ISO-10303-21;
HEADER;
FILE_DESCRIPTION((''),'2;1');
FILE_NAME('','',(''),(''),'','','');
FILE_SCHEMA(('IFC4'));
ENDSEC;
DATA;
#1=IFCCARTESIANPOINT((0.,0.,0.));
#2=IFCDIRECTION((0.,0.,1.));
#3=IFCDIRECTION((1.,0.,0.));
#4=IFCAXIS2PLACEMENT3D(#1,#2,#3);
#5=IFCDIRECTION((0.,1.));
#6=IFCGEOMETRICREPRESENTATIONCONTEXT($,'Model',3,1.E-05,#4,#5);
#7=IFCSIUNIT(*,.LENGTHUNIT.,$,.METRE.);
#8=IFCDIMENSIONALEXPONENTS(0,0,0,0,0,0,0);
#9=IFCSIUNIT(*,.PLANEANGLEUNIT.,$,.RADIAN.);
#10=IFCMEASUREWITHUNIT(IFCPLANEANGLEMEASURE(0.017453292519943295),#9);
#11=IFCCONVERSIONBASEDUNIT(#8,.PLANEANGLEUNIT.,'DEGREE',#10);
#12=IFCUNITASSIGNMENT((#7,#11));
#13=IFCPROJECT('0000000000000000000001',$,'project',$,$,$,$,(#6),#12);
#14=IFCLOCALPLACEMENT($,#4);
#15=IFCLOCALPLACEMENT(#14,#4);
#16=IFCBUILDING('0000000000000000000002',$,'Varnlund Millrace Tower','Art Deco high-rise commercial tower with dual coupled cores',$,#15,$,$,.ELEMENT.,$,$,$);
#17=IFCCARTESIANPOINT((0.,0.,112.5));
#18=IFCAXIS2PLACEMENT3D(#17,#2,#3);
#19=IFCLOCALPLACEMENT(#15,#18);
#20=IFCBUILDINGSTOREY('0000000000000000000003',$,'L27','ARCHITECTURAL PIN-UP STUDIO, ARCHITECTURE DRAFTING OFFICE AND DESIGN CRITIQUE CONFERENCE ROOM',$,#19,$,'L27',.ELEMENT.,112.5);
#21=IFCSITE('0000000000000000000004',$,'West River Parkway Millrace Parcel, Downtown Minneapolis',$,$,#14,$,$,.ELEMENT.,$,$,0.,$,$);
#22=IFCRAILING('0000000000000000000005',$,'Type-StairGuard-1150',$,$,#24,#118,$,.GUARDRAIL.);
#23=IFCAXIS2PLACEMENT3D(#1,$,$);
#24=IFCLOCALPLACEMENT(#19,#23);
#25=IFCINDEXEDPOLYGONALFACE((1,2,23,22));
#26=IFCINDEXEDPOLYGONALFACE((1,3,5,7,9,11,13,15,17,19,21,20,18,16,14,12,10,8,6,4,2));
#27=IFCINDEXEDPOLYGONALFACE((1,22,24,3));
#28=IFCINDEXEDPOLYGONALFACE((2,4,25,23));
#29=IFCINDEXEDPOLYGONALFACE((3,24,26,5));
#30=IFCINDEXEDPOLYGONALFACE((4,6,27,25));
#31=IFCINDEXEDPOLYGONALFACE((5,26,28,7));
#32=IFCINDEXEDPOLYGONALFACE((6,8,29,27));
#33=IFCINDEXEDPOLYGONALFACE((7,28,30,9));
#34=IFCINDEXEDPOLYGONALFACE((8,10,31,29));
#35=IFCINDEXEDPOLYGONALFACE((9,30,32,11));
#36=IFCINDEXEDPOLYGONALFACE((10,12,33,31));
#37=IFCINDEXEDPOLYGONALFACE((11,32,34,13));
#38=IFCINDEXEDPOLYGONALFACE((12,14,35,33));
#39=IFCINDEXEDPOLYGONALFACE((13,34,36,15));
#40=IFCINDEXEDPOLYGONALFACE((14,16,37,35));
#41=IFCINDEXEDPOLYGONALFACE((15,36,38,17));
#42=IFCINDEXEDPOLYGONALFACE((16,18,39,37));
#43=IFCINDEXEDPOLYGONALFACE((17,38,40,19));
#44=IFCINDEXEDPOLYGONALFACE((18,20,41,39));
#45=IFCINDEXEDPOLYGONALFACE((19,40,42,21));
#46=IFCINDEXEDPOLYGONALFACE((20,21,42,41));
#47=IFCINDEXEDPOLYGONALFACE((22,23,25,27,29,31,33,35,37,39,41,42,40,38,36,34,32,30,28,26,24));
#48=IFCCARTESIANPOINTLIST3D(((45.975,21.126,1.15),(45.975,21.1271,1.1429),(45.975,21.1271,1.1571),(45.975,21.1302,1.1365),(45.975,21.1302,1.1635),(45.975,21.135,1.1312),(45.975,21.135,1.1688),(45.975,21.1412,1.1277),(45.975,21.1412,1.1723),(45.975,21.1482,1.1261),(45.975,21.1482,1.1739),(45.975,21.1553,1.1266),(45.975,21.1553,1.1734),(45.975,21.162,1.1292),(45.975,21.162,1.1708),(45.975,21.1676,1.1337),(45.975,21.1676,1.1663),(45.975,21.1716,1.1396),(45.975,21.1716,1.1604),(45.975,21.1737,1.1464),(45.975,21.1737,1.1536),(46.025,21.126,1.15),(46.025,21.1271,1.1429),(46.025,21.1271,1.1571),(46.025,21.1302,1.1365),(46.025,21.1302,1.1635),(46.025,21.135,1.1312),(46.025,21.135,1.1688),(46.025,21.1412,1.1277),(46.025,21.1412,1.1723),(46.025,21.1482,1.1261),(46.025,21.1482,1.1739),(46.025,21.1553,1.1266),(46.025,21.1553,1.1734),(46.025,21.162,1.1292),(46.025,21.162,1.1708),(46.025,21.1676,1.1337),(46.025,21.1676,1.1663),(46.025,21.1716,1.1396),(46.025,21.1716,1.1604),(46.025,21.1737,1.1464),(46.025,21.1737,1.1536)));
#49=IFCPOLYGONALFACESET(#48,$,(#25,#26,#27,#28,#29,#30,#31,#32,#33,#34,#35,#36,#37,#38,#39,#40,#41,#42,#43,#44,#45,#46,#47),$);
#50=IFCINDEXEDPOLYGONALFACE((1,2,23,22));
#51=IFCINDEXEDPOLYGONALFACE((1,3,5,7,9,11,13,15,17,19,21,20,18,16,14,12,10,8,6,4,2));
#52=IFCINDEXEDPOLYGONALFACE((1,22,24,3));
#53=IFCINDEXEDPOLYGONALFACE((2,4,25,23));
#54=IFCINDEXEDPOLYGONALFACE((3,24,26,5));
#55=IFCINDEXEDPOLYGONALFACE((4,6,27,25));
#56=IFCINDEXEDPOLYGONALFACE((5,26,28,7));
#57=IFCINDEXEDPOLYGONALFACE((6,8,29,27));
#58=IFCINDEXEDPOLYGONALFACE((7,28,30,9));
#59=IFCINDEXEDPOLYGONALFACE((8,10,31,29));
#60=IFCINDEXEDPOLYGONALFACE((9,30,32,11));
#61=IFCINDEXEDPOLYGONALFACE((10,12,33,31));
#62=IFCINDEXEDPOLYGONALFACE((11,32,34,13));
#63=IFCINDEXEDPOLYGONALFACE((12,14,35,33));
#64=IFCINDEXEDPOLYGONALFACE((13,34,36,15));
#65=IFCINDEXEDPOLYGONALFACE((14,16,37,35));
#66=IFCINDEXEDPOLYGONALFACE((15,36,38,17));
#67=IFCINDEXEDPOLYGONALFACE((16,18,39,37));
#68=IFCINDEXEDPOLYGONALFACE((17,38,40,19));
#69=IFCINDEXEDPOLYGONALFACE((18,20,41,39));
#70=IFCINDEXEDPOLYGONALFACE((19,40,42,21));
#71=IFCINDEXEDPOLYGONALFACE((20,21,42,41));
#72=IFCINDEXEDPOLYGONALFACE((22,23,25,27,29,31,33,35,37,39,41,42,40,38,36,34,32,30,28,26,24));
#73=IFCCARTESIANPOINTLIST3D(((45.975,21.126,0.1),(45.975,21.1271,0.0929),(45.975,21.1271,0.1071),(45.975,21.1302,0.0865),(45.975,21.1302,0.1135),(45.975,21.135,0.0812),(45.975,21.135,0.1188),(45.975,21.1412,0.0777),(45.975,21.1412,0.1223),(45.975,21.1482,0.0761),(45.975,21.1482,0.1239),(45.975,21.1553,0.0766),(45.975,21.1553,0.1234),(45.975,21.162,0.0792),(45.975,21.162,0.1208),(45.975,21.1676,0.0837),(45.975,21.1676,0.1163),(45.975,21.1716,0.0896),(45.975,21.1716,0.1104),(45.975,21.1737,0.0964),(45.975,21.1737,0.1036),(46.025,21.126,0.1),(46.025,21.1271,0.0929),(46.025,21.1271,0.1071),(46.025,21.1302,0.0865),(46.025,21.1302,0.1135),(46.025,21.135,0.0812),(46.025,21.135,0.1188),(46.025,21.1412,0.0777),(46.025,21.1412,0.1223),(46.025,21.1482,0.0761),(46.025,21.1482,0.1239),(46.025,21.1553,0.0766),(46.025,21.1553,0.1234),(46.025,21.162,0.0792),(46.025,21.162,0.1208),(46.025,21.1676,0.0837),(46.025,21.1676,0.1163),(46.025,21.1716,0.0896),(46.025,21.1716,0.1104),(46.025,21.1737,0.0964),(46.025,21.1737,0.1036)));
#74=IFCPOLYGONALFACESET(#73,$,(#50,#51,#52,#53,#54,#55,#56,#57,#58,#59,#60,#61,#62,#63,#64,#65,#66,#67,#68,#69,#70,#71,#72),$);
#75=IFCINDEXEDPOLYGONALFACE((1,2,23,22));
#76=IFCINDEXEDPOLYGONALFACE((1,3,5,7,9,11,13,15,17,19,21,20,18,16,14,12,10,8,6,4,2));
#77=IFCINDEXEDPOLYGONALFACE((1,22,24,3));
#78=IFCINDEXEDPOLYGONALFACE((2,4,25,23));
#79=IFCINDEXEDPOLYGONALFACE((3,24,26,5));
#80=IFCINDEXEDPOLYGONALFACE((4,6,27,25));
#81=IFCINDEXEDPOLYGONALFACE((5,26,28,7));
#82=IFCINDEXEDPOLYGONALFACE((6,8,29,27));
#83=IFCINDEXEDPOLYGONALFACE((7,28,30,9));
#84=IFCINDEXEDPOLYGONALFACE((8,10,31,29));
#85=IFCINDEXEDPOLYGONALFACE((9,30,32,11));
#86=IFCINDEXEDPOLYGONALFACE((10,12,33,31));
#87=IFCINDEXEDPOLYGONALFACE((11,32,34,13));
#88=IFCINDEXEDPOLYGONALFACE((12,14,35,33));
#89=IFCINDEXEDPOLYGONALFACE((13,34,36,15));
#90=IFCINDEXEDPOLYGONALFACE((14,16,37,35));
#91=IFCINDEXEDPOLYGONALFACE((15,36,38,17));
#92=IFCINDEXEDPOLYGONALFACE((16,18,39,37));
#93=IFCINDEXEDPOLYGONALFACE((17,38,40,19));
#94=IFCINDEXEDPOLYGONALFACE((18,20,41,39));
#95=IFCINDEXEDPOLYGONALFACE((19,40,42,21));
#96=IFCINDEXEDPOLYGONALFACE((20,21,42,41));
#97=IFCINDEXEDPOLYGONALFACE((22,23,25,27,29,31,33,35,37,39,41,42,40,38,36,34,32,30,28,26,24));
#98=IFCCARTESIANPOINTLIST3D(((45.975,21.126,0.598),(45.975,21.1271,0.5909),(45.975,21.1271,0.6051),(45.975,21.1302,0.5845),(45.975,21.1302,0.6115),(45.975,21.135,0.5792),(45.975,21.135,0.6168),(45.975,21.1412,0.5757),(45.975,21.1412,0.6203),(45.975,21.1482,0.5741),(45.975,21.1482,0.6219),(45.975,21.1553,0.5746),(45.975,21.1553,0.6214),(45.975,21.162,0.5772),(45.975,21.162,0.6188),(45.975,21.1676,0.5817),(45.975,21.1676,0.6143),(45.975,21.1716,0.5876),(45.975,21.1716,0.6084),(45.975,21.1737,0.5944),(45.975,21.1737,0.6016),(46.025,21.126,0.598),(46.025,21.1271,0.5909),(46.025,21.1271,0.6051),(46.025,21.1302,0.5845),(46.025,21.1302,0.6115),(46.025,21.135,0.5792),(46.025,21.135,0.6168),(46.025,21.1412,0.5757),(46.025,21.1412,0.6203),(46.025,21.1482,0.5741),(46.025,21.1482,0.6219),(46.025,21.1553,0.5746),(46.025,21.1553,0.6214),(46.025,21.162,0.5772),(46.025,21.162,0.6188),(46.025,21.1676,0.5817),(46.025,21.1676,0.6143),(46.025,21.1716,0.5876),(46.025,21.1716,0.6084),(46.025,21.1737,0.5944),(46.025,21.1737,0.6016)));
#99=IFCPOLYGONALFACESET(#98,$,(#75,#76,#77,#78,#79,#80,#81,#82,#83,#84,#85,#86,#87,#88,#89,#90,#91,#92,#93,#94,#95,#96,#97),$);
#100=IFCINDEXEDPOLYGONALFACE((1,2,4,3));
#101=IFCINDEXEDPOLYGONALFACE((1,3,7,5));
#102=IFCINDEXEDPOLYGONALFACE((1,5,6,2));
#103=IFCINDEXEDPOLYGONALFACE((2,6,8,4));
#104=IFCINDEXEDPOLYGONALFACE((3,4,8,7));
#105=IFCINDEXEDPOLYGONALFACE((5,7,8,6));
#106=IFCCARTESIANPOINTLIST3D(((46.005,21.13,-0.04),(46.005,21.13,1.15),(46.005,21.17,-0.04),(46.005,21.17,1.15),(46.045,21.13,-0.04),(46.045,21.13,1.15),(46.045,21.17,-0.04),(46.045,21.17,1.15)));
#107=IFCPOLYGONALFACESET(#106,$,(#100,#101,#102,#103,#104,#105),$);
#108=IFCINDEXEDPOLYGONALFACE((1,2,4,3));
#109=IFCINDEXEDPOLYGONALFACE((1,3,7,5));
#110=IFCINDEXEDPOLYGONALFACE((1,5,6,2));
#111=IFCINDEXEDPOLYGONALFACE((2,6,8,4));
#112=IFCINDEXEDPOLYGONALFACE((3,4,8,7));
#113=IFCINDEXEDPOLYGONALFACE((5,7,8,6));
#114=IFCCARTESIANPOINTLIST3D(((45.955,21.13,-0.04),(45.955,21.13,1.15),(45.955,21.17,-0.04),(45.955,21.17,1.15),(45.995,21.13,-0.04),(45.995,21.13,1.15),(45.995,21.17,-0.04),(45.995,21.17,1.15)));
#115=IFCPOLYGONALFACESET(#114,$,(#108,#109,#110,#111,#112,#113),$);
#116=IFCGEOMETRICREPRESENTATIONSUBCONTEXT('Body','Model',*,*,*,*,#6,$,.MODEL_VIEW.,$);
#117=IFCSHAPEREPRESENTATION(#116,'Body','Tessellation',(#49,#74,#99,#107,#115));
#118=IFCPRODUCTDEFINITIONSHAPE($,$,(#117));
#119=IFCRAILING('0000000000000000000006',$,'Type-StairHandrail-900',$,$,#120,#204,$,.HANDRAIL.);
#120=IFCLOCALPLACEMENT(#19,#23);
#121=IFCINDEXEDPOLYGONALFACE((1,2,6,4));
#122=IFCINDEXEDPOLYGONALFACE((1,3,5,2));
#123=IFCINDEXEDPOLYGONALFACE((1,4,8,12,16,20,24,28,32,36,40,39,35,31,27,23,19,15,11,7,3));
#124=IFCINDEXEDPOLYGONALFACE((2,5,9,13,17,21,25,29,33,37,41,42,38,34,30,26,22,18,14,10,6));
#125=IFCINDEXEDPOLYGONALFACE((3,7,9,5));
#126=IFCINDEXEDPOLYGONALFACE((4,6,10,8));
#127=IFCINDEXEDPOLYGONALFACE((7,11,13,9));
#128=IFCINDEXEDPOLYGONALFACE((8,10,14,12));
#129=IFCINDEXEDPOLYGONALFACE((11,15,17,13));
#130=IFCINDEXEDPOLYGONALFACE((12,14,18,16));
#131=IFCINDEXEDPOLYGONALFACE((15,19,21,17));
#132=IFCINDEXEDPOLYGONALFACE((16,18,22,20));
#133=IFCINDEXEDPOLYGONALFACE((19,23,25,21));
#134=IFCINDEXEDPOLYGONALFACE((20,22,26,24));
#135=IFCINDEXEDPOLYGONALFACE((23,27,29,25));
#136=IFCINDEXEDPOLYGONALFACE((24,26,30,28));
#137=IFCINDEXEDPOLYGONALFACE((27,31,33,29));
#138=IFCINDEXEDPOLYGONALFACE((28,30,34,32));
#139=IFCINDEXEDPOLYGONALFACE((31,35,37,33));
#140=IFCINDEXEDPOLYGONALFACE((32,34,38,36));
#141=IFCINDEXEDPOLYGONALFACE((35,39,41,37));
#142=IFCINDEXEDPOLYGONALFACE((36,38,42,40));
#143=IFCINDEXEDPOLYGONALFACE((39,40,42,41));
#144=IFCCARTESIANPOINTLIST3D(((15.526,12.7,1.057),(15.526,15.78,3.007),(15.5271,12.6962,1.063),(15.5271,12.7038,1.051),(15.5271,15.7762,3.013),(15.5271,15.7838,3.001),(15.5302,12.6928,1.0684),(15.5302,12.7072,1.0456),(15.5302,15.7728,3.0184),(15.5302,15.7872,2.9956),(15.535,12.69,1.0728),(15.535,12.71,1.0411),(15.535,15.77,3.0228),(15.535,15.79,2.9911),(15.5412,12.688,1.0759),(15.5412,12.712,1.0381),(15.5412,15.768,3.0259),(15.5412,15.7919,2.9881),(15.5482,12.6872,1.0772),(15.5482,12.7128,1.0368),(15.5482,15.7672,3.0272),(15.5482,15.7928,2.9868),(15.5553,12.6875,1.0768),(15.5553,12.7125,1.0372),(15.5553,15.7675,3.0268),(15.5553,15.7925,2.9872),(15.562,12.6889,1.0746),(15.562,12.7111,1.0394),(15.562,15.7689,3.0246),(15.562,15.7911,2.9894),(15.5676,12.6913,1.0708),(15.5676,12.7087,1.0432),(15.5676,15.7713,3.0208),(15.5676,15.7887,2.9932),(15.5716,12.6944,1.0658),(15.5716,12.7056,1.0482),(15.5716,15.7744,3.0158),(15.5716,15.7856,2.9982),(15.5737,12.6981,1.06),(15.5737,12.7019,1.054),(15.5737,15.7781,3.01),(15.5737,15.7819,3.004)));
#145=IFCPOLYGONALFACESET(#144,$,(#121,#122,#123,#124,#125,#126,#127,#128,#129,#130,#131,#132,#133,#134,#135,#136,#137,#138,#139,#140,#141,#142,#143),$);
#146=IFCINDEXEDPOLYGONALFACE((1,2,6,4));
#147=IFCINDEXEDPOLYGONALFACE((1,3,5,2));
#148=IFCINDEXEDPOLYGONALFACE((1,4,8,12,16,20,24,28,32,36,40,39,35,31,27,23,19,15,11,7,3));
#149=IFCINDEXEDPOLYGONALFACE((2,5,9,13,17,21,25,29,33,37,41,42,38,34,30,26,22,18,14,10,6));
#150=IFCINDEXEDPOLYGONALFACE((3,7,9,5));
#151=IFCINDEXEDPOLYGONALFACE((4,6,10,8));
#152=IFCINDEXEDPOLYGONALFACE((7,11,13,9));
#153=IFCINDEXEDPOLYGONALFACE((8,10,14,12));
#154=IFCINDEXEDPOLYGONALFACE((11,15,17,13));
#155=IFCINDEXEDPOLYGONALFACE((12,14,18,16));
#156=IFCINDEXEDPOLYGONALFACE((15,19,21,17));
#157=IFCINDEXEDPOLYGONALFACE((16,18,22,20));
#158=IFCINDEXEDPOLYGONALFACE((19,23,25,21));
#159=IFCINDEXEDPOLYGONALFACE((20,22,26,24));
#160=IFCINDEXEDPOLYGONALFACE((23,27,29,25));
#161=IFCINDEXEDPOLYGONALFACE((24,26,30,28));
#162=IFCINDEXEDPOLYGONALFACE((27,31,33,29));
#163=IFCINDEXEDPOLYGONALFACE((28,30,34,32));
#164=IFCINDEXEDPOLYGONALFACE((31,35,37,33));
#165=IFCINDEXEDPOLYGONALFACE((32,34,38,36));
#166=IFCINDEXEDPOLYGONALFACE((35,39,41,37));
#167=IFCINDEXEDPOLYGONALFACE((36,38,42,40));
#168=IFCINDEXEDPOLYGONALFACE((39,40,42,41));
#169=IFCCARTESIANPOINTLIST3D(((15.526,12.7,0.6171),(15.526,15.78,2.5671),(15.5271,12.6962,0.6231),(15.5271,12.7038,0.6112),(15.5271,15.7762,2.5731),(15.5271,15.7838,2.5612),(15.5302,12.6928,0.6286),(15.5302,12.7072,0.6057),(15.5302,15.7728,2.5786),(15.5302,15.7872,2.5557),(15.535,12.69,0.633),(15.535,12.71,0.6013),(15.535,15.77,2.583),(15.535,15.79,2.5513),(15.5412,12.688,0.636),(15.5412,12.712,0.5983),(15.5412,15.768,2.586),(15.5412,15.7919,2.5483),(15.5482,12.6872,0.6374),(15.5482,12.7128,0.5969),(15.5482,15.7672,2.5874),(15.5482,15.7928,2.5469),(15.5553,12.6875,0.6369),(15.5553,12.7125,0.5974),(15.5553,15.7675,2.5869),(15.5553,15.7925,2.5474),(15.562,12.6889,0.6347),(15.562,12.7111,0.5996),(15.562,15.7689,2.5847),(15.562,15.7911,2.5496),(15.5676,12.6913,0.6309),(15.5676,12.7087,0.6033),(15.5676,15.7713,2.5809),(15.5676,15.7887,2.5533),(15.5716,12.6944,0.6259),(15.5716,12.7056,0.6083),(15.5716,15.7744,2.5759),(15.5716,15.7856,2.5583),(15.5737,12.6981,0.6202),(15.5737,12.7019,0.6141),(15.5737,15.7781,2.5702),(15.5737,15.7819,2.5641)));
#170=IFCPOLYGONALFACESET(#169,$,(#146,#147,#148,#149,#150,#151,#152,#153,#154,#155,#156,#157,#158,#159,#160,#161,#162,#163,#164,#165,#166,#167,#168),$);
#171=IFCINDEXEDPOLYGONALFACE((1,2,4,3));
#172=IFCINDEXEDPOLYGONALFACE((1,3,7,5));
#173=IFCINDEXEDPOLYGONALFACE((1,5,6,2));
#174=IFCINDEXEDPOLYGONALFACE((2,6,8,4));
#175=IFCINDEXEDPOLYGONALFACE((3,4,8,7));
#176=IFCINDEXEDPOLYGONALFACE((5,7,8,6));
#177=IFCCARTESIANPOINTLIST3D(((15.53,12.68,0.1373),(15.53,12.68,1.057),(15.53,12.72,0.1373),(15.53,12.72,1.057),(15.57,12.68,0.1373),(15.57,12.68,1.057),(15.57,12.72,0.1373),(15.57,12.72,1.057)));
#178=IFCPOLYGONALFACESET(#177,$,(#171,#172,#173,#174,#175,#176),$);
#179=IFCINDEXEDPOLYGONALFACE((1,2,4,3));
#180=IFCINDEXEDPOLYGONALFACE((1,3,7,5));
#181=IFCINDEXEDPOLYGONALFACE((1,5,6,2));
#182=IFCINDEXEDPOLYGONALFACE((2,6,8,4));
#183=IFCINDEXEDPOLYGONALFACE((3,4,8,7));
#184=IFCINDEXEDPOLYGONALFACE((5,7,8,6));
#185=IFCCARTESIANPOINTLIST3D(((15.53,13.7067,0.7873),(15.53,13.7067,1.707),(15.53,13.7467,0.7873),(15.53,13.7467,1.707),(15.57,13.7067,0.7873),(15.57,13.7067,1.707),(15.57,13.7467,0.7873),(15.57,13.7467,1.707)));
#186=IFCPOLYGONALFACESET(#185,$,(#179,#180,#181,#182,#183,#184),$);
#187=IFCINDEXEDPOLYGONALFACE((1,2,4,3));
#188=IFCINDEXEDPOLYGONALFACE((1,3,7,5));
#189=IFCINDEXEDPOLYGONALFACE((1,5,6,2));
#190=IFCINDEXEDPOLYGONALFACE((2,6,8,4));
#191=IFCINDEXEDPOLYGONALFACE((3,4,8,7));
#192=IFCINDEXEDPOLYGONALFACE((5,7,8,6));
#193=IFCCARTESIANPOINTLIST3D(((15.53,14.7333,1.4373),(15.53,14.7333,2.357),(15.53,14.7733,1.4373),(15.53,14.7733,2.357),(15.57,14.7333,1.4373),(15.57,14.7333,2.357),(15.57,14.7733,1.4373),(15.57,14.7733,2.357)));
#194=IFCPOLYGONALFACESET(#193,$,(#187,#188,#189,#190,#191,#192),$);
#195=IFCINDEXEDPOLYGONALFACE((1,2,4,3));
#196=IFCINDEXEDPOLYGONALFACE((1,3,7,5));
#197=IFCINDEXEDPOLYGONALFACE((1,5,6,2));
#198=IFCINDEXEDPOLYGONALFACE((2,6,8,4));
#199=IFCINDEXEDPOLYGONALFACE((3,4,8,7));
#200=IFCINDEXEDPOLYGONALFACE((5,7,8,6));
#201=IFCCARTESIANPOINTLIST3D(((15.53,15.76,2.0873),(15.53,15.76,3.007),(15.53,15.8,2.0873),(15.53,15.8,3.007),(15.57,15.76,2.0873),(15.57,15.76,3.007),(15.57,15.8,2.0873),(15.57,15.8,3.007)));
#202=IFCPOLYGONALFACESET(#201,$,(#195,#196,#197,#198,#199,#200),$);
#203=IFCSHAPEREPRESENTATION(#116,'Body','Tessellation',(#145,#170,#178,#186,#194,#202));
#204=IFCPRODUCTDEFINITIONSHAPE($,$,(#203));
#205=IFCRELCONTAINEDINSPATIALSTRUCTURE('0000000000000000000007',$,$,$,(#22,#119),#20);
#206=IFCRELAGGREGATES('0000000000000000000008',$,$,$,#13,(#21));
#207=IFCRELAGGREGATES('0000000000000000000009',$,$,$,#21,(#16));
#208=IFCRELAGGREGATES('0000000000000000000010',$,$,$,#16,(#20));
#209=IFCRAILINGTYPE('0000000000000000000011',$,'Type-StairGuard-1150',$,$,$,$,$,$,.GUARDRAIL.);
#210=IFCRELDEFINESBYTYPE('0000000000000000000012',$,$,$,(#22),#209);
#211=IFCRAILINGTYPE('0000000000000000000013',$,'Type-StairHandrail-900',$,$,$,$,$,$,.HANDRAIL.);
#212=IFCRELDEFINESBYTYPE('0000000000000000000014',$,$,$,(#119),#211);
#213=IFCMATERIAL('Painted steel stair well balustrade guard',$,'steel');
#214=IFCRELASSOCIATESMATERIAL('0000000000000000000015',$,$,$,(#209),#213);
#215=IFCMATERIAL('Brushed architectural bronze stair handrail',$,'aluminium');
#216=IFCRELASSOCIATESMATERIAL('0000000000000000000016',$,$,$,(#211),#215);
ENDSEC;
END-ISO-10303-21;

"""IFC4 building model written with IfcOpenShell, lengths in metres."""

from ifc_helpers import new_model, entity, si_unit, converted_unit, direction, frame, origin_with_axes, origin_2d_with_axis, place, context, subcontext, project, spatial, rectangle, circle, extrude, material, type_object, element, save


model = new_model("IFC4")

# Units and contexts
model_context = context("Model", 3, precision=1e-05, world=origin_with_axes(), true_north=direction((0.0, 1.0)))
body_context = subcontext(model_context, "Body", "Model", "MODEL_VIEW")
ifc_project = project(units=[si_unit("LENGTHUNIT", "METRE"), converted_unit("PLANEANGLEUNIT", "DEGREE", entity("IfcPlaneAngleMeasure", 0.017453292519943295), si_unit("PLANEANGLEUNIT", "RADIAN"), dimensions=[0, 0, 0, 0, 0, 0, 0])], contexts=[model_context])

# Site, building, storey
site_placement = place(None, origin_with_axes())
site = spatial("IfcSite", under=ifc_project, at=site_placement, Name="West River Parkway Millrace Parcel, Downtown Minneapolis", CompositionType="ELEMENT", RefElevation=0.0)
building_placement = place(site_placement, origin_with_axes())
building = spatial("IfcBuilding", under=site, at=building_placement, Name="Varnlund Millrace Tower", Description="Art Deco high-rise commercial tower with dual coupled cores", CompositionType="ELEMENT")
storey_placement = place(building_placement, frame((0.0, 0.0, 112.5), z_axis=(0.0, 0.0, 1.0), x_axis=(1.0, 0.0, 0.0)))
storey = spatial("IfcBuildingStorey", under=building, at=storey_placement, Name="L27", Description="ARCHITECTURAL PIN-UP STUDIO, ARCHITECTURE DRAFTING OFFICE AND DESIGN CRITIQUE CONFERENCE ROOM", LongName="L27", CompositionType="ELEMENT", Elevation=112.5)

# Railings
ifc_material_1 = material(Name="Painted steel stair well balustrade guard", Category="steel")
railing_type_1 = type_object("IfcRailingType", Name="Type-StairGuard-1150", PredefinedType="GUARDRAIL", material=ifc_material_1)
railing_1_placement = place(storey_placement, frame((0.0, 0.0, -112.5), z_axis=(0.0, 0.0, 1.0), x_axis=(1.0, 0.0, 0.0)))
element("IfcRailing", 1, at=railing_1_placement, inside=storey, type_object=railing_type_1, Name="Type-StairGuard-1150", PredefinedType="GUARDRAIL", context=body_context, shape_type="SweptSolid", body=[
    extrude(circle(Radius=0.024, at=origin_2d_with_axis()), frame((46.025, 21.15, 113.65), z_axis=(-1.0, 0.0, 0.0), x_axis=(0.0, -1.0, 0.0)), (0.0, 0.0, 1.0), 0.05),
    extrude(circle(Radius=0.024, at=origin_2d_with_axis()), frame((46.025, 21.15, 112.6), z_axis=(-1.0, 0.0, 0.0), x_axis=(0.0, -1.0, 0.0)), (0.0, 0.0, 1.0), 0.05),
    extrude(circle(Radius=0.024, at=origin_2d_with_axis()), frame((46.025, 21.15, 113.098), z_axis=(-1.0, 0.0, 0.0), x_axis=(0.0, -1.0, 0.0)), (0.0, 0.0, 1.0), 0.05),
    extrude(rectangle(XDim=0.04, YDim=0.04, at=origin_2d_with_axis()), frame((46.025, 21.15, 112.46), z_axis=(0.0, 0.0, 1.0), x_axis=(1.0, 0.0, 0.0)), (0.0, 0.0, 1.0), 1.19),
    extrude(rectangle(XDim=0.04, YDim=0.04, at=origin_2d_with_axis()), frame((45.975, 21.15, 112.46), z_axis=(0.0, 0.0, 1.0), x_axis=(1.0, 0.0, 0.0)), (0.0, 0.0, 1.0), 1.19),
])
ifc_material_2 = material(Name="Brushed architectural bronze stair handrail", Category="aluminium")
railing_type_2 = type_object("IfcRailingType", Name="Type-StairHandrail-900", PredefinedType="HANDRAIL", material=ifc_material_2)
railing_2_placement = place(storey_placement, frame((0.0, 0.0, -112.5), z_axis=(0.0, 0.0, 1.0), x_axis=(1.0, 0.0, 0.0)))
element("IfcRailing", 2, at=railing_2_placement, inside=storey, type_object=railing_type_2, Name="Type-StairHandrail-900", PredefinedType="HANDRAIL", context=body_context, shape_type="SweptSolid", body=[
    extrude(circle(Radius=0.024, at=origin_2d_with_axis()), frame((15.55, 12.7, 113.557), z_axis=(0.0, 0.844902, 0.534922), x_axis=(-1.0, 0.0, 0.0)), (0.0, 0.0, 1.0), 3.6454),
    extrude(circle(Radius=0.024, at=origin_2d_with_axis()), frame((15.55, 12.7, 113.1171), z_axis=(0.0, 0.844902, 0.534922), x_axis=(-1.0, 0.0, 0.0)), (0.0, 0.0, 1.0), 3.6454),
    extrude(rectangle(XDim=0.04, YDim=0.04, at=origin_2d_with_axis()), frame((15.55, 12.7, 112.6373), z_axis=(0.0, 0.0, 1.0), x_axis=(1.0, 0.0, 0.0)), (0.0, 0.0, 1.0), 0.9197),
    extrude(rectangle(XDim=0.04, YDim=0.04, at=origin_2d_with_axis()), frame((15.55, 13.7267, 113.2873), z_axis=(0.0, 0.0, 1.0), x_axis=(1.0, 0.0, 0.0)), (0.0, 0.0, 1.0), 0.9197),
    extrude(rectangle(XDim=0.04, YDim=0.04, at=origin_2d_with_axis()), frame((15.55, 14.7533, 113.9373), z_axis=(0.0, 0.0, 1.0), x_axis=(1.0, 0.0, 0.0)), (0.0, 0.0, 1.0), 0.9197),
    extrude(rectangle(XDim=0.04, YDim=0.04, at=origin_2d_with_axis()), frame((15.55, 15.78, 114.5873), z_axis=(0.0, 0.0, 1.0), x_axis=(1.0, 0.0, 0.0)), (0.0, 0.0, 1.0), 0.9197),
])

save(model, "model.ifc")
